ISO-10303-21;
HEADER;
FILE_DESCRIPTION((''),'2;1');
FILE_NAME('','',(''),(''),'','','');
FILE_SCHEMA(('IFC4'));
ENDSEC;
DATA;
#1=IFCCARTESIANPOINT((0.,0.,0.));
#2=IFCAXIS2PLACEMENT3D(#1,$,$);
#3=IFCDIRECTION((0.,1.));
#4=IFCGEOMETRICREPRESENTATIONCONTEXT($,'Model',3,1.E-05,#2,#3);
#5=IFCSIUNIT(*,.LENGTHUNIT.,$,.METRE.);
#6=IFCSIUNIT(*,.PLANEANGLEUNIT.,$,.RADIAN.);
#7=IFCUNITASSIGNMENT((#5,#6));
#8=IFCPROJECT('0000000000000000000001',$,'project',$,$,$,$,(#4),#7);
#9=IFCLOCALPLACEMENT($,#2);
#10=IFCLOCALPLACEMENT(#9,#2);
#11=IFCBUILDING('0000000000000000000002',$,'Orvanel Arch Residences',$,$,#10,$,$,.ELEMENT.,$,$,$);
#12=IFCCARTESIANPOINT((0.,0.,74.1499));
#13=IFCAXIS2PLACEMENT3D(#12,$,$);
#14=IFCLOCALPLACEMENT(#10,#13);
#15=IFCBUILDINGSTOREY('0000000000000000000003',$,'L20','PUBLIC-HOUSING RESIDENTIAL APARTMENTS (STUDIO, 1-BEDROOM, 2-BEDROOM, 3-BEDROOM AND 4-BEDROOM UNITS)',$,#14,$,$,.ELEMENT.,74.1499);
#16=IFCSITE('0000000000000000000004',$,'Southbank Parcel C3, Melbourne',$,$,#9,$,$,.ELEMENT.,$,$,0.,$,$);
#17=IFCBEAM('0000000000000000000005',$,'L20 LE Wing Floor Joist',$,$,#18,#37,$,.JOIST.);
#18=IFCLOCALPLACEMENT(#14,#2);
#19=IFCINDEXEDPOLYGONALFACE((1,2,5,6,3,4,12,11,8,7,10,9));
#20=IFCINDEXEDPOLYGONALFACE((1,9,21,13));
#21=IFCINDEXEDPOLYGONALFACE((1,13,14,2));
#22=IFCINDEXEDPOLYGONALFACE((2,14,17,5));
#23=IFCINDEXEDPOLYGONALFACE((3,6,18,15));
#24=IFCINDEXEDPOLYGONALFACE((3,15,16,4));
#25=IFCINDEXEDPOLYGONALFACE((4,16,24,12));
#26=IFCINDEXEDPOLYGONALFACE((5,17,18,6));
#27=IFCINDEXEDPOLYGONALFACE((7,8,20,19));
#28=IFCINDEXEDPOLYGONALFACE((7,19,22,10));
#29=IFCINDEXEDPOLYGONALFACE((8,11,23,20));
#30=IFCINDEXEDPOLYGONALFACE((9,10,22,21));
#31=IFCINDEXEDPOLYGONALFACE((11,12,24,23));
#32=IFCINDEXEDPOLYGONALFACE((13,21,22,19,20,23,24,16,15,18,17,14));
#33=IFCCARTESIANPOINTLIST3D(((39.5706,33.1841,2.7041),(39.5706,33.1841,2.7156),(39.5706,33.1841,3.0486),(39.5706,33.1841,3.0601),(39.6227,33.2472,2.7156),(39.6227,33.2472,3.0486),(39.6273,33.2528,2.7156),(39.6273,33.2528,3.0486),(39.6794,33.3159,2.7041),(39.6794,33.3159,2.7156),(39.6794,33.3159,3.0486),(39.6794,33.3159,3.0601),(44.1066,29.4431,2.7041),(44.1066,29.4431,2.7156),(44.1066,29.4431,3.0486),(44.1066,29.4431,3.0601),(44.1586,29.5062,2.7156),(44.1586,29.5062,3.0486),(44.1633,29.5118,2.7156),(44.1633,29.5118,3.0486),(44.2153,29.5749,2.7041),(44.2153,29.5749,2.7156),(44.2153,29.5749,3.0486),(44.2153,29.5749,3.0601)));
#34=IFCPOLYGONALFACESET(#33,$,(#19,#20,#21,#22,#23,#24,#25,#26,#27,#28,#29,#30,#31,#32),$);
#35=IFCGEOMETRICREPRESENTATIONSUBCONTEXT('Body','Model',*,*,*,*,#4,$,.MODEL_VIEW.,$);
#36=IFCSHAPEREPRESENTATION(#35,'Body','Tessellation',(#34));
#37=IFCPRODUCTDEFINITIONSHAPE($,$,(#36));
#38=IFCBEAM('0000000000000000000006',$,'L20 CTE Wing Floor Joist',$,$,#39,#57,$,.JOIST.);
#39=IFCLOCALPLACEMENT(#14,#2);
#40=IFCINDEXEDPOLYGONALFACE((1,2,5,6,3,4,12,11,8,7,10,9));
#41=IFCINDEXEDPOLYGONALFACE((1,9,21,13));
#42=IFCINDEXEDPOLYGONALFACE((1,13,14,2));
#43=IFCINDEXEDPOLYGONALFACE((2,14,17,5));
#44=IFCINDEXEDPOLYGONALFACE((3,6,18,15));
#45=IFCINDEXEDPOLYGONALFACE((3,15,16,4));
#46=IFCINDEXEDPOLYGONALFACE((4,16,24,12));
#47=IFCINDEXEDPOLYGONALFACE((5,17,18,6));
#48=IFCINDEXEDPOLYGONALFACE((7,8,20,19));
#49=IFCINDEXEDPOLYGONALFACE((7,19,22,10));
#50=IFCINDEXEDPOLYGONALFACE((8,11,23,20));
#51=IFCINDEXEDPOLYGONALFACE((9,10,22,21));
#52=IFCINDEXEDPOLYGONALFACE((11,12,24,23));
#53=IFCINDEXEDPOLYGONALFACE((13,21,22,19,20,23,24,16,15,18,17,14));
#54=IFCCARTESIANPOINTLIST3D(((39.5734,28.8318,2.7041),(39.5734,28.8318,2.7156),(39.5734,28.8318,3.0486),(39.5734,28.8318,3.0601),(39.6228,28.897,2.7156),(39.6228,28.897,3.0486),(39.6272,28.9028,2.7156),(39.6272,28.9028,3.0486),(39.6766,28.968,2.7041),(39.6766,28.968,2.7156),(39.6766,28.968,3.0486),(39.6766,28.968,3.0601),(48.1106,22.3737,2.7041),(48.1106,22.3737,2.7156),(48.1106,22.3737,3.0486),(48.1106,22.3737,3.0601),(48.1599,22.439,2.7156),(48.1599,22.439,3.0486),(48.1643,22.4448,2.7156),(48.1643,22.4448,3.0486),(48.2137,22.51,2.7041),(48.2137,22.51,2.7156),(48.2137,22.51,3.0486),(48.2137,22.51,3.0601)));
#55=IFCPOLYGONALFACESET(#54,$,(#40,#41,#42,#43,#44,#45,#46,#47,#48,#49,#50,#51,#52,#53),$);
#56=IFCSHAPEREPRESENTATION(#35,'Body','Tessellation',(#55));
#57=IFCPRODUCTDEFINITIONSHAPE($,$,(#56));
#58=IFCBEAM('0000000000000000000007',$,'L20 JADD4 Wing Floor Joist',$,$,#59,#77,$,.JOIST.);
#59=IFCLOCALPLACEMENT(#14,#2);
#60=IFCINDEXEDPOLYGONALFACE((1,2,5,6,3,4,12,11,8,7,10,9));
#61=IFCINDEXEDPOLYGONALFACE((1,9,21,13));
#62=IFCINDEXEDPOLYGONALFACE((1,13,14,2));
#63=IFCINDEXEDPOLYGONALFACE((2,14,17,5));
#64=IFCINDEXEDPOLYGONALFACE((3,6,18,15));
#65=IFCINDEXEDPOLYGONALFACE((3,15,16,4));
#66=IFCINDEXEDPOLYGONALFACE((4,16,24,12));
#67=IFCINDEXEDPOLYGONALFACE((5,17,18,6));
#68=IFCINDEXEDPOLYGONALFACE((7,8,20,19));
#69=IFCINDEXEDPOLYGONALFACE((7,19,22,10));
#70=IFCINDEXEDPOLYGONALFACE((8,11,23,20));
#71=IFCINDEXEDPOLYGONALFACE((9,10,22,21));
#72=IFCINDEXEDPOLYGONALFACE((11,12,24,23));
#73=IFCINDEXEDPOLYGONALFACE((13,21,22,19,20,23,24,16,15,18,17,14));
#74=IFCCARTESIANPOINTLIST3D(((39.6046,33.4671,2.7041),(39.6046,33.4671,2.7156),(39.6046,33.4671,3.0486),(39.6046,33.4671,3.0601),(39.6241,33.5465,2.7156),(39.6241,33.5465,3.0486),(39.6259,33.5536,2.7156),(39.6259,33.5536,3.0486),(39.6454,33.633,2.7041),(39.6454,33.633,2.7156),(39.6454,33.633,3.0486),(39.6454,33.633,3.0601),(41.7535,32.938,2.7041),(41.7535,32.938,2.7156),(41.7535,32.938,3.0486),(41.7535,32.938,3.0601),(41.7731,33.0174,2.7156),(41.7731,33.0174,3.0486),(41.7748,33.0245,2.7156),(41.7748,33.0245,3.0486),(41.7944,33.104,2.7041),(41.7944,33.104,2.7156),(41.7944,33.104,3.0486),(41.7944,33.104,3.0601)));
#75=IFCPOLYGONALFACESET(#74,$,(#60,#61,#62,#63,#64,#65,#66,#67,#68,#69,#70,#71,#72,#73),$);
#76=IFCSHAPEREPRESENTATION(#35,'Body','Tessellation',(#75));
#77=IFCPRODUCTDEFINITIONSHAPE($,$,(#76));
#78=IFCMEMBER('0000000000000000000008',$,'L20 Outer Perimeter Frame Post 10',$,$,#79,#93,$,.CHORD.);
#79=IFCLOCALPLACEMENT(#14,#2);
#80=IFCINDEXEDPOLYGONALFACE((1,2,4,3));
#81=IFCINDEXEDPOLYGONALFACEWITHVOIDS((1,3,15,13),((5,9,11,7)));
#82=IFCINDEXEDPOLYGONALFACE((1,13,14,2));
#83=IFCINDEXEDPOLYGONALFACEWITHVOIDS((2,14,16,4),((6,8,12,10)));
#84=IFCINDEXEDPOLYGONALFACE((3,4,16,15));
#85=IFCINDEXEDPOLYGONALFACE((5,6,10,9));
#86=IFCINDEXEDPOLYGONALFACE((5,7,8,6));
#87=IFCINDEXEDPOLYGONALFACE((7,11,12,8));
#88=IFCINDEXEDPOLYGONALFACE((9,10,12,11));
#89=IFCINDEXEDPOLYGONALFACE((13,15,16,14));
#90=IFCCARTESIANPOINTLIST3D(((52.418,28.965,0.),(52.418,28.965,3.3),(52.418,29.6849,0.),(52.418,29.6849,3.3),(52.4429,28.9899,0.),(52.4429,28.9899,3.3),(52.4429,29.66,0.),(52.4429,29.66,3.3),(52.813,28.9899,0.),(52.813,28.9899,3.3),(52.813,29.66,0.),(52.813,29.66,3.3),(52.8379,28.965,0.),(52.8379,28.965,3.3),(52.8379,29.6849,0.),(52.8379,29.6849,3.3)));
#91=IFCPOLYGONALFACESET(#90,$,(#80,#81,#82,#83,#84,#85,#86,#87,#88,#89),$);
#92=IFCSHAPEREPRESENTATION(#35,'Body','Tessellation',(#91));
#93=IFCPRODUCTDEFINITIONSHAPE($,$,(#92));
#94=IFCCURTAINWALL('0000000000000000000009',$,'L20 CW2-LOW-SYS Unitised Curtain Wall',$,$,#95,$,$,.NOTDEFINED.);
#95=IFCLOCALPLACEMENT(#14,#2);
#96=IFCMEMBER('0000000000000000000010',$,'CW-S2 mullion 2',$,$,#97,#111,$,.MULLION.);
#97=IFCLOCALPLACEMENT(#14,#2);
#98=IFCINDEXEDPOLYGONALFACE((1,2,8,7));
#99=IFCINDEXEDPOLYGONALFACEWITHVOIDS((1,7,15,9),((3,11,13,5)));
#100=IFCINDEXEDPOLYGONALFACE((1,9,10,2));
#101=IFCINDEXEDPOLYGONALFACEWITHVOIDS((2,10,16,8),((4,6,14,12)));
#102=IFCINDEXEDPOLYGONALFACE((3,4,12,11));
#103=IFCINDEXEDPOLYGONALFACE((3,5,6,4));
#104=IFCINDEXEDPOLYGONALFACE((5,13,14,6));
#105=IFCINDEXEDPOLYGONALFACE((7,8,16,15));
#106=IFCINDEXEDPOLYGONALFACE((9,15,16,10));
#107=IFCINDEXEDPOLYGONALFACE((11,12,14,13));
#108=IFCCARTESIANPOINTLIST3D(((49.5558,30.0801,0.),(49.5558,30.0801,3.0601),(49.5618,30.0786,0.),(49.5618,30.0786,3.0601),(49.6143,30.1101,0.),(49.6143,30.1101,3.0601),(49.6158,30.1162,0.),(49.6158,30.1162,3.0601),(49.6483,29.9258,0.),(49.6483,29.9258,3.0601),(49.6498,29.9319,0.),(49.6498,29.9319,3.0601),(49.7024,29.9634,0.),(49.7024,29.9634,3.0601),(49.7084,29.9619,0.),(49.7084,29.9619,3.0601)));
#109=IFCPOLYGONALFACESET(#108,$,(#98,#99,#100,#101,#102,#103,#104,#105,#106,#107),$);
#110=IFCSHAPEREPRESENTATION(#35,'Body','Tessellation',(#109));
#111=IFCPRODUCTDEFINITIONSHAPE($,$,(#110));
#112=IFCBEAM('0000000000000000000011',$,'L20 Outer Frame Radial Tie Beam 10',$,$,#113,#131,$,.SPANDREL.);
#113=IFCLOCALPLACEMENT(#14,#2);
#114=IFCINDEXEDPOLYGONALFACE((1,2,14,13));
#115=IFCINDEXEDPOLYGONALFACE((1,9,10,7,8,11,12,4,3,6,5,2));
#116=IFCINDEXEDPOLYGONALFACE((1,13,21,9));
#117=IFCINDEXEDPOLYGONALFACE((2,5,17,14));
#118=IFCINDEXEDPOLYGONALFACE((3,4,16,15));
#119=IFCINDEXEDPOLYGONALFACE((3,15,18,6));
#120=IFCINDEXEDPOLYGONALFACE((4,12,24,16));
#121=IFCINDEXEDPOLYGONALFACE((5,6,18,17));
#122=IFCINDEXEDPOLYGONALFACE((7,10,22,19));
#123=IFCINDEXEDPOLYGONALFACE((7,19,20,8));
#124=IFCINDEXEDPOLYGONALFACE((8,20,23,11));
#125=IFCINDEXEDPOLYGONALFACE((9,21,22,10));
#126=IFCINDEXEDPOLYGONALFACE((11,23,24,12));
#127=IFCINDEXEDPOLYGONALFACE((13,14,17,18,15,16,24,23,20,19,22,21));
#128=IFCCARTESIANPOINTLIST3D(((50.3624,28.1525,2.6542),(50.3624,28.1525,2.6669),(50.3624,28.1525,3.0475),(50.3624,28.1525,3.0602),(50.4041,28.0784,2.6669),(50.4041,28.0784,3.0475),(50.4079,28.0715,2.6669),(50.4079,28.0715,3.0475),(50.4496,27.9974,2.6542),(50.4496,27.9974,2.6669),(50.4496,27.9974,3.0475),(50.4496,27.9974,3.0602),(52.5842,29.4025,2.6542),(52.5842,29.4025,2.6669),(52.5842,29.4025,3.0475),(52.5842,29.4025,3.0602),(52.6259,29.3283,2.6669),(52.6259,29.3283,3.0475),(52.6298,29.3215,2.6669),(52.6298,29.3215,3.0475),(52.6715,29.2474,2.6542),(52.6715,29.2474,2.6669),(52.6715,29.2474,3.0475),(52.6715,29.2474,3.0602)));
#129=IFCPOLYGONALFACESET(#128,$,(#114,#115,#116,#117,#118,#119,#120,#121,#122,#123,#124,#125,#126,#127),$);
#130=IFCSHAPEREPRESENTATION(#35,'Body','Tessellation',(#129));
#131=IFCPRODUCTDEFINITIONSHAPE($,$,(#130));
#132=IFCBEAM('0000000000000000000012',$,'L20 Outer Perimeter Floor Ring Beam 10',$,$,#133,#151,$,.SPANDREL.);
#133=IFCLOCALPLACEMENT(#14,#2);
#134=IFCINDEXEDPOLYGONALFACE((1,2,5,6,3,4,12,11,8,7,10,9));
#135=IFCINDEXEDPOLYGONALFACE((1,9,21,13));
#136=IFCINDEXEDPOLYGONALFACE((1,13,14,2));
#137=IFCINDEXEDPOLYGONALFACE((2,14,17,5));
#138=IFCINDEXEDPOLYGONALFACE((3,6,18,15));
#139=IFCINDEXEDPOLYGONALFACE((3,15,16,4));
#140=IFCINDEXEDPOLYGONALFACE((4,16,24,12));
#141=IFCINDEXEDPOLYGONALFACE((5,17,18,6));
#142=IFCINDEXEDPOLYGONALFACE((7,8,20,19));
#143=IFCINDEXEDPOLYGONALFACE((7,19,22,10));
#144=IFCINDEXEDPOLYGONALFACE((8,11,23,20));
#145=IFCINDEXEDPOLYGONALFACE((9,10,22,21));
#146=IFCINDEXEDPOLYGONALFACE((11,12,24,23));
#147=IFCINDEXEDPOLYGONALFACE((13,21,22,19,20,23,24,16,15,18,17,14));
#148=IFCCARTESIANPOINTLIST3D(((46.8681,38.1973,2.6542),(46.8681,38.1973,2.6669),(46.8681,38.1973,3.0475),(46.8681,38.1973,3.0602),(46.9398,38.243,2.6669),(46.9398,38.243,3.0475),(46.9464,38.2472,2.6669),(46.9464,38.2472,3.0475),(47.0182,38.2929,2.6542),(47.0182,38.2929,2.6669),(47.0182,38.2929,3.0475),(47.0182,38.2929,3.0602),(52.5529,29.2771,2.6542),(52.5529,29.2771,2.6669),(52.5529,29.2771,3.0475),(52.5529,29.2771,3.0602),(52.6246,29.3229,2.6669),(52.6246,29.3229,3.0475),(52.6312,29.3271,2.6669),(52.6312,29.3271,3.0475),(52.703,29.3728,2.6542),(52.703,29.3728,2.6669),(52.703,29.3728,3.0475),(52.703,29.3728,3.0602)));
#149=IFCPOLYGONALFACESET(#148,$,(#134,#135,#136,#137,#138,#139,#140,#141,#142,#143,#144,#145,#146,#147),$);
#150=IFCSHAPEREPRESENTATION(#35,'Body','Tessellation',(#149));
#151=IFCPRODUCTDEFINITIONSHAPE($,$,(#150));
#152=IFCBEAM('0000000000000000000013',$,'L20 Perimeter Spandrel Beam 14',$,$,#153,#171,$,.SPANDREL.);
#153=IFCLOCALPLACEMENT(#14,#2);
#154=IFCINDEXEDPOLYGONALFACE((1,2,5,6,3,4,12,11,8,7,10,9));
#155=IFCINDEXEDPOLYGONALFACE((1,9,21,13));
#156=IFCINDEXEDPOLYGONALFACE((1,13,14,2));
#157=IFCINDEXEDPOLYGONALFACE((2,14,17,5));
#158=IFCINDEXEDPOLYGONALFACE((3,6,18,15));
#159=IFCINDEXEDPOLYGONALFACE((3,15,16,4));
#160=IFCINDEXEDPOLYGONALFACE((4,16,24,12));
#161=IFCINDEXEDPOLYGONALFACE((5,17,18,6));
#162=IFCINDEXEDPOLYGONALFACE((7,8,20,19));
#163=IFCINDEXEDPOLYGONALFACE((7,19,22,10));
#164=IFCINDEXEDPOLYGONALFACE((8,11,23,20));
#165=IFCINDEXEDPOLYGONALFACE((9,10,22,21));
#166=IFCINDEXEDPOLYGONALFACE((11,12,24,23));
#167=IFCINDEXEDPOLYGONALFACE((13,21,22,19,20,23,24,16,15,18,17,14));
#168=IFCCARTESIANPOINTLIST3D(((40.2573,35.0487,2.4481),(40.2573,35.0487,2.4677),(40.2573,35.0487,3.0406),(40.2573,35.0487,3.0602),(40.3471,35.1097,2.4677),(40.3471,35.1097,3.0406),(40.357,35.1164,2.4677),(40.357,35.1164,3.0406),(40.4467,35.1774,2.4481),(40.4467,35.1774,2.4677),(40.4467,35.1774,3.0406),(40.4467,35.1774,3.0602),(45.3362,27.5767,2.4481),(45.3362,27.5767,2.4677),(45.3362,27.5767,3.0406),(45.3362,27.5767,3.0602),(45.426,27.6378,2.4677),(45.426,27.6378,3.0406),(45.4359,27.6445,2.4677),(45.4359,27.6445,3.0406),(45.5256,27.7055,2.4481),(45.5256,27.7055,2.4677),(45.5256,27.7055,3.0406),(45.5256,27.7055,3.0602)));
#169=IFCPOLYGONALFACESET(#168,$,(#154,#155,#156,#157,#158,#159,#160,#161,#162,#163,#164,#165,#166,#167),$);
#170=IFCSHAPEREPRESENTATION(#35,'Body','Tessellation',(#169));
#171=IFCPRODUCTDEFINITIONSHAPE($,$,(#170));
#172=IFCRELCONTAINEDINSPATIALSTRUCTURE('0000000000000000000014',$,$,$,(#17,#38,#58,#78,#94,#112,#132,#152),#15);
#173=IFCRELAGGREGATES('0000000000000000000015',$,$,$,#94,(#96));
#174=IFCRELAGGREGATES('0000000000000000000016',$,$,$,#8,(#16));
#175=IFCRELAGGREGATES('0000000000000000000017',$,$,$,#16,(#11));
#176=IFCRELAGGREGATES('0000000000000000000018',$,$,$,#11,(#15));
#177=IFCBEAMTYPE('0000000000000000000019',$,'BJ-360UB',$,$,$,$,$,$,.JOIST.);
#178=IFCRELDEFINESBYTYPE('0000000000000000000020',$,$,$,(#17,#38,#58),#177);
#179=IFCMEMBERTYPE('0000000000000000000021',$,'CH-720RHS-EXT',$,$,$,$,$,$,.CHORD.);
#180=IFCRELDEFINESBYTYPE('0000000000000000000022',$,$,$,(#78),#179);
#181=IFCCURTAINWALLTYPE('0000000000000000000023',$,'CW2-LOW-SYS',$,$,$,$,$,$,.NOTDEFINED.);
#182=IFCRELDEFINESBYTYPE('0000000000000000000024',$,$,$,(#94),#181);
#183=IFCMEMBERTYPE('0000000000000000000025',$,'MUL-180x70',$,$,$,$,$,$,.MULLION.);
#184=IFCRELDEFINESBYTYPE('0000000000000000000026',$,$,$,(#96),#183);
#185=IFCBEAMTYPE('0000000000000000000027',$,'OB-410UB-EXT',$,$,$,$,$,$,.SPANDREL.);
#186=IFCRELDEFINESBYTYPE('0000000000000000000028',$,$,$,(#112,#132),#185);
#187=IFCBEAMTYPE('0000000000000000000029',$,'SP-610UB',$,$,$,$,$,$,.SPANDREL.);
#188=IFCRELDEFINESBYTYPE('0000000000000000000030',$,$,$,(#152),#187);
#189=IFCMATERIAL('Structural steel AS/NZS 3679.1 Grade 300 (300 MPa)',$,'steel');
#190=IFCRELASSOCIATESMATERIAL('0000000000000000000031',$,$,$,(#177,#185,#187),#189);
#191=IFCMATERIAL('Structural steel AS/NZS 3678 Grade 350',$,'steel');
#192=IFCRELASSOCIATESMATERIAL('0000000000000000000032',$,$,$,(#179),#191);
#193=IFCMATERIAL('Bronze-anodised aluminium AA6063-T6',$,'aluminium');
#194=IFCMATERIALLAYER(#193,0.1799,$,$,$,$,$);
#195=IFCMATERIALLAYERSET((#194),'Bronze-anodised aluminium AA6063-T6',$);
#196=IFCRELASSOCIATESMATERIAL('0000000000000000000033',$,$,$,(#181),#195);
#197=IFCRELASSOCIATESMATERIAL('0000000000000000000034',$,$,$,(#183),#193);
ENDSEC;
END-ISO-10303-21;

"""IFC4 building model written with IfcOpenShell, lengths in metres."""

from ifc_helpers import new_model, si_unit, direction, frame, origin, origin_2d, place, context, subcontext, project, spatial, hollow_rectangle, i_section, extrude, material, layer, layer_set, material_profile, profile_set, type_object, element, aggregate, save


model = new_model("IFC4")

# Units and contexts
model_context = context("Model", 3, precision=1e-05, world=origin(), true_north=direction((0.0, 1.0)))
body_context = subcontext(model_context, "Body", "Model", "MODEL_VIEW")
ifc_project = project(units=[si_unit("LENGTHUNIT", "METRE"), si_unit("PLANEANGLEUNIT", "RADIAN")], contexts=[model_context])

# Site, building, storey
site_placement = place(None, origin())
site = spatial("IfcSite", under=ifc_project, at=site_placement, Name="Southbank Parcel C3, Melbourne", CompositionType="ELEMENT", RefElevation=0.0)
building_placement = place(site_placement, origin())
building = spatial("IfcBuilding", under=site, at=building_placement, Name="Orvanel Arch Residences", CompositionType="ELEMENT")
storey_placement = place(building_placement, frame((0.0, 0.0, 74.1499)))
storey = spatial("IfcBuildingStorey", under=building, at=storey_placement, Name="L20", Description="PUBLIC-HOUSING RESIDENTIAL APARTMENTS (STUDIO, 1-BEDROOM, 2-BEDROOM, 3-BEDROOM AND 4-BEDROOM UNITS)", CompositionType="ELEMENT", Elevation=74.1499)

# Beams
ifc_material_1 = material(Name="Structural steel AS/NZS 3679.1 Grade 300 (300 MPa)", Category="steel")
ifc_material_profile_1 = material_profile(ifc_material_1, i_section(OverallWidth=0.1709, OverallDepth=0.356, WebThickness=0.0073, FlangeThickness=0.0115, at=origin_2d()), Name="360UB50.7")
ifc_profile_set_1 = profile_set([ifc_material_profile_1], Name="Structural steel AS/NZS 3679.1 Grade 300 (300 MPa)")
beam_type_1 = type_object("IfcBeamType", Name="BJ-360UB", PredefinedType="JOIST", material=ifc_profile_set_1)
beam_1_placement = place(storey_placement, frame((39.625, 33.25, 2.8821), z_axis=(0.771469, -0.636267, 0.0), x_axis=(0.636267, 0.771469, 0.0)))
element("IfcBeam", 1, at=beam_1_placement, inside=storey, type_object=beam_type_1, Name="L20 LE Wing Floor Joist", PredefinedType="JOIST", context=body_context, shape_type="SweptSolid", body=[
    extrude(i_section(OverallWidth=0.1709, OverallDepth=0.356, WebThickness=0.0073, FlangeThickness=0.0115, at=origin_2d()), origin(), (0.0, 0.0, 1.0), 5.8796),
])
beam_2_placement = place(storey_placement, frame((39.625, 28.8999, 2.8821), z_axis=(0.797519, -0.603294, 0.0), x_axis=(0.603294, 0.797519, 0.0)))
element("IfcBeam", 2, at=beam_2_placement, inside=storey, type_object=beam_type_1, Name="L20 CTE Wing Floor Joist", PredefinedType="JOIST", context=body_context, shape_type="SweptSolid", body=[
    extrude(i_section(OverallWidth=0.1709, OverallDepth=0.356, WebThickness=0.0073, FlangeThickness=0.0115, at=origin_2d()), origin(), (0.0, 0.0, 1.0), 10.7046),
])
beam_3_placement = place(storey_placement, frame((39.625, 33.55, 2.8821), z_axis=(0.971006, -0.239056, 0.0), x_axis=(0.239056, 0.971006, 0.0)))
element("IfcBeam", 3, at=beam_3_placement, inside=storey, type_object=beam_type_1, Name="L20 JADD4 Wing Floor Joist", PredefinedType="JOIST", context=body_context, shape_type="SweptSolid", body=[
    extrude(i_section(OverallWidth=0.1709, OverallDepth=0.356, WebThickness=0.0073, FlangeThickness=0.0115, at=origin_2d()), origin(), (0.0, 0.0, 1.0), 2.2131),
])

# Member
ifc_material_2 = material(Name="Structural steel AS/NZS 3678 Grade 350", Category="steel")
ifc_material_profile_2 = material_profile(ifc_material_2, hollow_rectangle(XDim=0.4199, YDim=0.72, WallThickness=0.0249, at=origin_2d()), Name="RHS720x420x25")
ifc_profile_set_2 = profile_set([ifc_material_profile_2], Name="Structural steel AS/NZS 3678 Grade 350")
member_type_1 = type_object("IfcMemberType", Name="CH-720RHS-EXT", PredefinedType="CHORD", material=ifc_profile_set_2)
member_1_placement = place(storey_placement, frame((52.6279, 29.325, 0.0), z_axis=(0.0, 0.0, 1.0), x_axis=(1.0, 0.0, 0.0)))
element("IfcMember", 4, at=member_1_placement, inside=storey, type_object=member_type_1, Name="L20 Outer Perimeter Frame Post 10", PredefinedType="CHORD", context=body_context, shape_type="SweptSolid", body=[
    extrude(hollow_rectangle(XDim=0.4199, YDim=0.72, WallThickness=0.0249, at=origin_2d()), origin(), (0.0, 0.0, 1.0), 3.3),
])

# Curtain wall, member
ifc_material_3 = material(Name="Bronze-anodised aluminium AA6063-T6", Category="aluminium")
ifc_layer_1 = layer(ifc_material_3, 0.1799)
ifc_layer_set_1 = layer_set([ifc_layer_1], Name="Bronze-anodised aluminium AA6063-T6")
curtain_wall_type = type_object("IfcCurtainWallType", Name="CW2-LOW-SYS", PredefinedType="NOTDEFINED", material=ifc_layer_set_1)
curtain_wall_placement = place(storey_placement, origin())
curtain_wall = element("IfcCurtainWall", 5, at=curtain_wall_placement, inside=storey, type_object=curtain_wall_type, Name="L20 CW2-LOW-SYS Unitised Curtain Wall", PredefinedType="NOTDEFINED")
ifc_material_profile_3 = material_profile(ifc_material_3, hollow_rectangle(XDim=0.0701, YDim=0.1799, WallThickness=0.0044, at=origin_2d()), Name="ALU180x70x4.5")
ifc_profile_set_3 = profile_set([ifc_material_profile_3], Name="Bronze-anodised aluminium AA6063-T6")
member_type_2 = type_object("IfcMemberType", Name="MUL-180x70", PredefinedType="MULLION", material=ifc_profile_set_3)
member_2_placement = place(storey_placement, frame((49.6321, 30.021, 0.0), z_axis=(0.0, 0.0, 1.0), x_axis=(-0.857551, -0.5144, 0.0)))
member_2 = element("IfcMember", 6, at=member_2_placement, type_object=member_type_2, Name="CW-S2 mullion 2", PredefinedType="MULLION", context=body_context, shape_type="SweptSolid", body=[
    extrude(hollow_rectangle(XDim=0.0701, YDim=0.1799, WallThickness=0.0044, at=origin_2d()), origin(), (0.0, 0.0, 1.0), 3.0601),
])

# Beams
ifc_material_profile_4 = material_profile(ifc_material_1, i_section(OverallWidth=0.178, OverallDepth=0.406, WebThickness=0.0078, FlangeThickness=0.0127, at=origin_2d()), Name="410UB59.7")
ifc_profile_set_4 = profile_set([ifc_material_profile_4], Name="Structural steel AS/NZS 3679.1 Grade 300 (300 MPa)")
beam_type_2 = type_object("IfcBeamType", Name="OB-410UB-EXT", PredefinedType="SPANDREL", material=ifc_profile_set_4)
beam_4_placement = place(storey_placement, frame((50.406, 28.075, 2.8572), z_axis=(0.871547, 0.490311, 0.0), x_axis=(-0.490311, 0.871547, 0.0)))
element("IfcBeam", 7, at=beam_4_placement, inside=storey, type_object=beam_type_2, Name="L20 Outer Frame Radial Tie Beam 10", PredefinedType="SPANDREL", context=body_context, shape_type="SweptSolid", body=[
    extrude(i_section(OverallWidth=0.178, OverallDepth=0.406, WebThickness=0.0078, FlangeThickness=0.0127, at=origin_2d()), origin(), (0.0, 0.0, 1.0), 2.5493),
])
beam_5_placement = place(storey_placement, frame((52.6279, 29.325, 2.8572), z_axis=(-0.537437, 0.843304, 0.0), x_axis=(-0.843304, -0.537437, 0.0)))
element("IfcBeam", 8, at=beam_5_placement, inside=storey, type_object=beam_type_2, Name="L20 Outer Perimeter Floor Ring Beam 10", PredefinedType="SPANDREL", context=body_context, shape_type="SweptSolid", body=[
    extrude(i_section(OverallWidth=0.178, OverallDepth=0.406, WebThickness=0.0078, FlangeThickness=0.0127, at=origin_2d()), origin(), (0.0, 0.0, 1.0), 10.5776),
])
ifc_material_profile_5 = material_profile(ifc_material_1, i_section(OverallWidth=0.229, OverallDepth=0.6121, WebThickness=0.012, FlangeThickness=0.0195, at=origin_2d()), Name="610UB125")
ifc_profile_set_5 = profile_set([ifc_material_profile_5], Name="Structural steel AS/NZS 3679.1 Grade 300 (300 MPa)")
beam_type_3 = type_object("IfcBeamType", Name="SP-610UB", PredefinedType="SPANDREL", material=ifc_profile_set_5)
beam_6_placement = place(storey_placement, frame((45.4309, 27.6411, 2.7542), z_axis=(-0.562155, 0.827032, 0.0), x_axis=(-0.827032, -0.562155, 0.0)))
element("IfcBeam", 9, at=beam_6_placement, inside=storey, type_object=beam_type_3, Name="L20 Perimeter Spandrel Beam 14", PredefinedType="SPANDREL", context=body_context, shape_type="SweptSolid", body=[
    extrude(i_section(OverallWidth=0.229, OverallDepth=0.6121, WebThickness=0.012, FlangeThickness=0.0195, at=origin_2d()), origin(), (0.0, 0.0, 1.0), 9.0347),
])

aggregate(curtain_wall, [member_2])

save(model, "model.ifc")
